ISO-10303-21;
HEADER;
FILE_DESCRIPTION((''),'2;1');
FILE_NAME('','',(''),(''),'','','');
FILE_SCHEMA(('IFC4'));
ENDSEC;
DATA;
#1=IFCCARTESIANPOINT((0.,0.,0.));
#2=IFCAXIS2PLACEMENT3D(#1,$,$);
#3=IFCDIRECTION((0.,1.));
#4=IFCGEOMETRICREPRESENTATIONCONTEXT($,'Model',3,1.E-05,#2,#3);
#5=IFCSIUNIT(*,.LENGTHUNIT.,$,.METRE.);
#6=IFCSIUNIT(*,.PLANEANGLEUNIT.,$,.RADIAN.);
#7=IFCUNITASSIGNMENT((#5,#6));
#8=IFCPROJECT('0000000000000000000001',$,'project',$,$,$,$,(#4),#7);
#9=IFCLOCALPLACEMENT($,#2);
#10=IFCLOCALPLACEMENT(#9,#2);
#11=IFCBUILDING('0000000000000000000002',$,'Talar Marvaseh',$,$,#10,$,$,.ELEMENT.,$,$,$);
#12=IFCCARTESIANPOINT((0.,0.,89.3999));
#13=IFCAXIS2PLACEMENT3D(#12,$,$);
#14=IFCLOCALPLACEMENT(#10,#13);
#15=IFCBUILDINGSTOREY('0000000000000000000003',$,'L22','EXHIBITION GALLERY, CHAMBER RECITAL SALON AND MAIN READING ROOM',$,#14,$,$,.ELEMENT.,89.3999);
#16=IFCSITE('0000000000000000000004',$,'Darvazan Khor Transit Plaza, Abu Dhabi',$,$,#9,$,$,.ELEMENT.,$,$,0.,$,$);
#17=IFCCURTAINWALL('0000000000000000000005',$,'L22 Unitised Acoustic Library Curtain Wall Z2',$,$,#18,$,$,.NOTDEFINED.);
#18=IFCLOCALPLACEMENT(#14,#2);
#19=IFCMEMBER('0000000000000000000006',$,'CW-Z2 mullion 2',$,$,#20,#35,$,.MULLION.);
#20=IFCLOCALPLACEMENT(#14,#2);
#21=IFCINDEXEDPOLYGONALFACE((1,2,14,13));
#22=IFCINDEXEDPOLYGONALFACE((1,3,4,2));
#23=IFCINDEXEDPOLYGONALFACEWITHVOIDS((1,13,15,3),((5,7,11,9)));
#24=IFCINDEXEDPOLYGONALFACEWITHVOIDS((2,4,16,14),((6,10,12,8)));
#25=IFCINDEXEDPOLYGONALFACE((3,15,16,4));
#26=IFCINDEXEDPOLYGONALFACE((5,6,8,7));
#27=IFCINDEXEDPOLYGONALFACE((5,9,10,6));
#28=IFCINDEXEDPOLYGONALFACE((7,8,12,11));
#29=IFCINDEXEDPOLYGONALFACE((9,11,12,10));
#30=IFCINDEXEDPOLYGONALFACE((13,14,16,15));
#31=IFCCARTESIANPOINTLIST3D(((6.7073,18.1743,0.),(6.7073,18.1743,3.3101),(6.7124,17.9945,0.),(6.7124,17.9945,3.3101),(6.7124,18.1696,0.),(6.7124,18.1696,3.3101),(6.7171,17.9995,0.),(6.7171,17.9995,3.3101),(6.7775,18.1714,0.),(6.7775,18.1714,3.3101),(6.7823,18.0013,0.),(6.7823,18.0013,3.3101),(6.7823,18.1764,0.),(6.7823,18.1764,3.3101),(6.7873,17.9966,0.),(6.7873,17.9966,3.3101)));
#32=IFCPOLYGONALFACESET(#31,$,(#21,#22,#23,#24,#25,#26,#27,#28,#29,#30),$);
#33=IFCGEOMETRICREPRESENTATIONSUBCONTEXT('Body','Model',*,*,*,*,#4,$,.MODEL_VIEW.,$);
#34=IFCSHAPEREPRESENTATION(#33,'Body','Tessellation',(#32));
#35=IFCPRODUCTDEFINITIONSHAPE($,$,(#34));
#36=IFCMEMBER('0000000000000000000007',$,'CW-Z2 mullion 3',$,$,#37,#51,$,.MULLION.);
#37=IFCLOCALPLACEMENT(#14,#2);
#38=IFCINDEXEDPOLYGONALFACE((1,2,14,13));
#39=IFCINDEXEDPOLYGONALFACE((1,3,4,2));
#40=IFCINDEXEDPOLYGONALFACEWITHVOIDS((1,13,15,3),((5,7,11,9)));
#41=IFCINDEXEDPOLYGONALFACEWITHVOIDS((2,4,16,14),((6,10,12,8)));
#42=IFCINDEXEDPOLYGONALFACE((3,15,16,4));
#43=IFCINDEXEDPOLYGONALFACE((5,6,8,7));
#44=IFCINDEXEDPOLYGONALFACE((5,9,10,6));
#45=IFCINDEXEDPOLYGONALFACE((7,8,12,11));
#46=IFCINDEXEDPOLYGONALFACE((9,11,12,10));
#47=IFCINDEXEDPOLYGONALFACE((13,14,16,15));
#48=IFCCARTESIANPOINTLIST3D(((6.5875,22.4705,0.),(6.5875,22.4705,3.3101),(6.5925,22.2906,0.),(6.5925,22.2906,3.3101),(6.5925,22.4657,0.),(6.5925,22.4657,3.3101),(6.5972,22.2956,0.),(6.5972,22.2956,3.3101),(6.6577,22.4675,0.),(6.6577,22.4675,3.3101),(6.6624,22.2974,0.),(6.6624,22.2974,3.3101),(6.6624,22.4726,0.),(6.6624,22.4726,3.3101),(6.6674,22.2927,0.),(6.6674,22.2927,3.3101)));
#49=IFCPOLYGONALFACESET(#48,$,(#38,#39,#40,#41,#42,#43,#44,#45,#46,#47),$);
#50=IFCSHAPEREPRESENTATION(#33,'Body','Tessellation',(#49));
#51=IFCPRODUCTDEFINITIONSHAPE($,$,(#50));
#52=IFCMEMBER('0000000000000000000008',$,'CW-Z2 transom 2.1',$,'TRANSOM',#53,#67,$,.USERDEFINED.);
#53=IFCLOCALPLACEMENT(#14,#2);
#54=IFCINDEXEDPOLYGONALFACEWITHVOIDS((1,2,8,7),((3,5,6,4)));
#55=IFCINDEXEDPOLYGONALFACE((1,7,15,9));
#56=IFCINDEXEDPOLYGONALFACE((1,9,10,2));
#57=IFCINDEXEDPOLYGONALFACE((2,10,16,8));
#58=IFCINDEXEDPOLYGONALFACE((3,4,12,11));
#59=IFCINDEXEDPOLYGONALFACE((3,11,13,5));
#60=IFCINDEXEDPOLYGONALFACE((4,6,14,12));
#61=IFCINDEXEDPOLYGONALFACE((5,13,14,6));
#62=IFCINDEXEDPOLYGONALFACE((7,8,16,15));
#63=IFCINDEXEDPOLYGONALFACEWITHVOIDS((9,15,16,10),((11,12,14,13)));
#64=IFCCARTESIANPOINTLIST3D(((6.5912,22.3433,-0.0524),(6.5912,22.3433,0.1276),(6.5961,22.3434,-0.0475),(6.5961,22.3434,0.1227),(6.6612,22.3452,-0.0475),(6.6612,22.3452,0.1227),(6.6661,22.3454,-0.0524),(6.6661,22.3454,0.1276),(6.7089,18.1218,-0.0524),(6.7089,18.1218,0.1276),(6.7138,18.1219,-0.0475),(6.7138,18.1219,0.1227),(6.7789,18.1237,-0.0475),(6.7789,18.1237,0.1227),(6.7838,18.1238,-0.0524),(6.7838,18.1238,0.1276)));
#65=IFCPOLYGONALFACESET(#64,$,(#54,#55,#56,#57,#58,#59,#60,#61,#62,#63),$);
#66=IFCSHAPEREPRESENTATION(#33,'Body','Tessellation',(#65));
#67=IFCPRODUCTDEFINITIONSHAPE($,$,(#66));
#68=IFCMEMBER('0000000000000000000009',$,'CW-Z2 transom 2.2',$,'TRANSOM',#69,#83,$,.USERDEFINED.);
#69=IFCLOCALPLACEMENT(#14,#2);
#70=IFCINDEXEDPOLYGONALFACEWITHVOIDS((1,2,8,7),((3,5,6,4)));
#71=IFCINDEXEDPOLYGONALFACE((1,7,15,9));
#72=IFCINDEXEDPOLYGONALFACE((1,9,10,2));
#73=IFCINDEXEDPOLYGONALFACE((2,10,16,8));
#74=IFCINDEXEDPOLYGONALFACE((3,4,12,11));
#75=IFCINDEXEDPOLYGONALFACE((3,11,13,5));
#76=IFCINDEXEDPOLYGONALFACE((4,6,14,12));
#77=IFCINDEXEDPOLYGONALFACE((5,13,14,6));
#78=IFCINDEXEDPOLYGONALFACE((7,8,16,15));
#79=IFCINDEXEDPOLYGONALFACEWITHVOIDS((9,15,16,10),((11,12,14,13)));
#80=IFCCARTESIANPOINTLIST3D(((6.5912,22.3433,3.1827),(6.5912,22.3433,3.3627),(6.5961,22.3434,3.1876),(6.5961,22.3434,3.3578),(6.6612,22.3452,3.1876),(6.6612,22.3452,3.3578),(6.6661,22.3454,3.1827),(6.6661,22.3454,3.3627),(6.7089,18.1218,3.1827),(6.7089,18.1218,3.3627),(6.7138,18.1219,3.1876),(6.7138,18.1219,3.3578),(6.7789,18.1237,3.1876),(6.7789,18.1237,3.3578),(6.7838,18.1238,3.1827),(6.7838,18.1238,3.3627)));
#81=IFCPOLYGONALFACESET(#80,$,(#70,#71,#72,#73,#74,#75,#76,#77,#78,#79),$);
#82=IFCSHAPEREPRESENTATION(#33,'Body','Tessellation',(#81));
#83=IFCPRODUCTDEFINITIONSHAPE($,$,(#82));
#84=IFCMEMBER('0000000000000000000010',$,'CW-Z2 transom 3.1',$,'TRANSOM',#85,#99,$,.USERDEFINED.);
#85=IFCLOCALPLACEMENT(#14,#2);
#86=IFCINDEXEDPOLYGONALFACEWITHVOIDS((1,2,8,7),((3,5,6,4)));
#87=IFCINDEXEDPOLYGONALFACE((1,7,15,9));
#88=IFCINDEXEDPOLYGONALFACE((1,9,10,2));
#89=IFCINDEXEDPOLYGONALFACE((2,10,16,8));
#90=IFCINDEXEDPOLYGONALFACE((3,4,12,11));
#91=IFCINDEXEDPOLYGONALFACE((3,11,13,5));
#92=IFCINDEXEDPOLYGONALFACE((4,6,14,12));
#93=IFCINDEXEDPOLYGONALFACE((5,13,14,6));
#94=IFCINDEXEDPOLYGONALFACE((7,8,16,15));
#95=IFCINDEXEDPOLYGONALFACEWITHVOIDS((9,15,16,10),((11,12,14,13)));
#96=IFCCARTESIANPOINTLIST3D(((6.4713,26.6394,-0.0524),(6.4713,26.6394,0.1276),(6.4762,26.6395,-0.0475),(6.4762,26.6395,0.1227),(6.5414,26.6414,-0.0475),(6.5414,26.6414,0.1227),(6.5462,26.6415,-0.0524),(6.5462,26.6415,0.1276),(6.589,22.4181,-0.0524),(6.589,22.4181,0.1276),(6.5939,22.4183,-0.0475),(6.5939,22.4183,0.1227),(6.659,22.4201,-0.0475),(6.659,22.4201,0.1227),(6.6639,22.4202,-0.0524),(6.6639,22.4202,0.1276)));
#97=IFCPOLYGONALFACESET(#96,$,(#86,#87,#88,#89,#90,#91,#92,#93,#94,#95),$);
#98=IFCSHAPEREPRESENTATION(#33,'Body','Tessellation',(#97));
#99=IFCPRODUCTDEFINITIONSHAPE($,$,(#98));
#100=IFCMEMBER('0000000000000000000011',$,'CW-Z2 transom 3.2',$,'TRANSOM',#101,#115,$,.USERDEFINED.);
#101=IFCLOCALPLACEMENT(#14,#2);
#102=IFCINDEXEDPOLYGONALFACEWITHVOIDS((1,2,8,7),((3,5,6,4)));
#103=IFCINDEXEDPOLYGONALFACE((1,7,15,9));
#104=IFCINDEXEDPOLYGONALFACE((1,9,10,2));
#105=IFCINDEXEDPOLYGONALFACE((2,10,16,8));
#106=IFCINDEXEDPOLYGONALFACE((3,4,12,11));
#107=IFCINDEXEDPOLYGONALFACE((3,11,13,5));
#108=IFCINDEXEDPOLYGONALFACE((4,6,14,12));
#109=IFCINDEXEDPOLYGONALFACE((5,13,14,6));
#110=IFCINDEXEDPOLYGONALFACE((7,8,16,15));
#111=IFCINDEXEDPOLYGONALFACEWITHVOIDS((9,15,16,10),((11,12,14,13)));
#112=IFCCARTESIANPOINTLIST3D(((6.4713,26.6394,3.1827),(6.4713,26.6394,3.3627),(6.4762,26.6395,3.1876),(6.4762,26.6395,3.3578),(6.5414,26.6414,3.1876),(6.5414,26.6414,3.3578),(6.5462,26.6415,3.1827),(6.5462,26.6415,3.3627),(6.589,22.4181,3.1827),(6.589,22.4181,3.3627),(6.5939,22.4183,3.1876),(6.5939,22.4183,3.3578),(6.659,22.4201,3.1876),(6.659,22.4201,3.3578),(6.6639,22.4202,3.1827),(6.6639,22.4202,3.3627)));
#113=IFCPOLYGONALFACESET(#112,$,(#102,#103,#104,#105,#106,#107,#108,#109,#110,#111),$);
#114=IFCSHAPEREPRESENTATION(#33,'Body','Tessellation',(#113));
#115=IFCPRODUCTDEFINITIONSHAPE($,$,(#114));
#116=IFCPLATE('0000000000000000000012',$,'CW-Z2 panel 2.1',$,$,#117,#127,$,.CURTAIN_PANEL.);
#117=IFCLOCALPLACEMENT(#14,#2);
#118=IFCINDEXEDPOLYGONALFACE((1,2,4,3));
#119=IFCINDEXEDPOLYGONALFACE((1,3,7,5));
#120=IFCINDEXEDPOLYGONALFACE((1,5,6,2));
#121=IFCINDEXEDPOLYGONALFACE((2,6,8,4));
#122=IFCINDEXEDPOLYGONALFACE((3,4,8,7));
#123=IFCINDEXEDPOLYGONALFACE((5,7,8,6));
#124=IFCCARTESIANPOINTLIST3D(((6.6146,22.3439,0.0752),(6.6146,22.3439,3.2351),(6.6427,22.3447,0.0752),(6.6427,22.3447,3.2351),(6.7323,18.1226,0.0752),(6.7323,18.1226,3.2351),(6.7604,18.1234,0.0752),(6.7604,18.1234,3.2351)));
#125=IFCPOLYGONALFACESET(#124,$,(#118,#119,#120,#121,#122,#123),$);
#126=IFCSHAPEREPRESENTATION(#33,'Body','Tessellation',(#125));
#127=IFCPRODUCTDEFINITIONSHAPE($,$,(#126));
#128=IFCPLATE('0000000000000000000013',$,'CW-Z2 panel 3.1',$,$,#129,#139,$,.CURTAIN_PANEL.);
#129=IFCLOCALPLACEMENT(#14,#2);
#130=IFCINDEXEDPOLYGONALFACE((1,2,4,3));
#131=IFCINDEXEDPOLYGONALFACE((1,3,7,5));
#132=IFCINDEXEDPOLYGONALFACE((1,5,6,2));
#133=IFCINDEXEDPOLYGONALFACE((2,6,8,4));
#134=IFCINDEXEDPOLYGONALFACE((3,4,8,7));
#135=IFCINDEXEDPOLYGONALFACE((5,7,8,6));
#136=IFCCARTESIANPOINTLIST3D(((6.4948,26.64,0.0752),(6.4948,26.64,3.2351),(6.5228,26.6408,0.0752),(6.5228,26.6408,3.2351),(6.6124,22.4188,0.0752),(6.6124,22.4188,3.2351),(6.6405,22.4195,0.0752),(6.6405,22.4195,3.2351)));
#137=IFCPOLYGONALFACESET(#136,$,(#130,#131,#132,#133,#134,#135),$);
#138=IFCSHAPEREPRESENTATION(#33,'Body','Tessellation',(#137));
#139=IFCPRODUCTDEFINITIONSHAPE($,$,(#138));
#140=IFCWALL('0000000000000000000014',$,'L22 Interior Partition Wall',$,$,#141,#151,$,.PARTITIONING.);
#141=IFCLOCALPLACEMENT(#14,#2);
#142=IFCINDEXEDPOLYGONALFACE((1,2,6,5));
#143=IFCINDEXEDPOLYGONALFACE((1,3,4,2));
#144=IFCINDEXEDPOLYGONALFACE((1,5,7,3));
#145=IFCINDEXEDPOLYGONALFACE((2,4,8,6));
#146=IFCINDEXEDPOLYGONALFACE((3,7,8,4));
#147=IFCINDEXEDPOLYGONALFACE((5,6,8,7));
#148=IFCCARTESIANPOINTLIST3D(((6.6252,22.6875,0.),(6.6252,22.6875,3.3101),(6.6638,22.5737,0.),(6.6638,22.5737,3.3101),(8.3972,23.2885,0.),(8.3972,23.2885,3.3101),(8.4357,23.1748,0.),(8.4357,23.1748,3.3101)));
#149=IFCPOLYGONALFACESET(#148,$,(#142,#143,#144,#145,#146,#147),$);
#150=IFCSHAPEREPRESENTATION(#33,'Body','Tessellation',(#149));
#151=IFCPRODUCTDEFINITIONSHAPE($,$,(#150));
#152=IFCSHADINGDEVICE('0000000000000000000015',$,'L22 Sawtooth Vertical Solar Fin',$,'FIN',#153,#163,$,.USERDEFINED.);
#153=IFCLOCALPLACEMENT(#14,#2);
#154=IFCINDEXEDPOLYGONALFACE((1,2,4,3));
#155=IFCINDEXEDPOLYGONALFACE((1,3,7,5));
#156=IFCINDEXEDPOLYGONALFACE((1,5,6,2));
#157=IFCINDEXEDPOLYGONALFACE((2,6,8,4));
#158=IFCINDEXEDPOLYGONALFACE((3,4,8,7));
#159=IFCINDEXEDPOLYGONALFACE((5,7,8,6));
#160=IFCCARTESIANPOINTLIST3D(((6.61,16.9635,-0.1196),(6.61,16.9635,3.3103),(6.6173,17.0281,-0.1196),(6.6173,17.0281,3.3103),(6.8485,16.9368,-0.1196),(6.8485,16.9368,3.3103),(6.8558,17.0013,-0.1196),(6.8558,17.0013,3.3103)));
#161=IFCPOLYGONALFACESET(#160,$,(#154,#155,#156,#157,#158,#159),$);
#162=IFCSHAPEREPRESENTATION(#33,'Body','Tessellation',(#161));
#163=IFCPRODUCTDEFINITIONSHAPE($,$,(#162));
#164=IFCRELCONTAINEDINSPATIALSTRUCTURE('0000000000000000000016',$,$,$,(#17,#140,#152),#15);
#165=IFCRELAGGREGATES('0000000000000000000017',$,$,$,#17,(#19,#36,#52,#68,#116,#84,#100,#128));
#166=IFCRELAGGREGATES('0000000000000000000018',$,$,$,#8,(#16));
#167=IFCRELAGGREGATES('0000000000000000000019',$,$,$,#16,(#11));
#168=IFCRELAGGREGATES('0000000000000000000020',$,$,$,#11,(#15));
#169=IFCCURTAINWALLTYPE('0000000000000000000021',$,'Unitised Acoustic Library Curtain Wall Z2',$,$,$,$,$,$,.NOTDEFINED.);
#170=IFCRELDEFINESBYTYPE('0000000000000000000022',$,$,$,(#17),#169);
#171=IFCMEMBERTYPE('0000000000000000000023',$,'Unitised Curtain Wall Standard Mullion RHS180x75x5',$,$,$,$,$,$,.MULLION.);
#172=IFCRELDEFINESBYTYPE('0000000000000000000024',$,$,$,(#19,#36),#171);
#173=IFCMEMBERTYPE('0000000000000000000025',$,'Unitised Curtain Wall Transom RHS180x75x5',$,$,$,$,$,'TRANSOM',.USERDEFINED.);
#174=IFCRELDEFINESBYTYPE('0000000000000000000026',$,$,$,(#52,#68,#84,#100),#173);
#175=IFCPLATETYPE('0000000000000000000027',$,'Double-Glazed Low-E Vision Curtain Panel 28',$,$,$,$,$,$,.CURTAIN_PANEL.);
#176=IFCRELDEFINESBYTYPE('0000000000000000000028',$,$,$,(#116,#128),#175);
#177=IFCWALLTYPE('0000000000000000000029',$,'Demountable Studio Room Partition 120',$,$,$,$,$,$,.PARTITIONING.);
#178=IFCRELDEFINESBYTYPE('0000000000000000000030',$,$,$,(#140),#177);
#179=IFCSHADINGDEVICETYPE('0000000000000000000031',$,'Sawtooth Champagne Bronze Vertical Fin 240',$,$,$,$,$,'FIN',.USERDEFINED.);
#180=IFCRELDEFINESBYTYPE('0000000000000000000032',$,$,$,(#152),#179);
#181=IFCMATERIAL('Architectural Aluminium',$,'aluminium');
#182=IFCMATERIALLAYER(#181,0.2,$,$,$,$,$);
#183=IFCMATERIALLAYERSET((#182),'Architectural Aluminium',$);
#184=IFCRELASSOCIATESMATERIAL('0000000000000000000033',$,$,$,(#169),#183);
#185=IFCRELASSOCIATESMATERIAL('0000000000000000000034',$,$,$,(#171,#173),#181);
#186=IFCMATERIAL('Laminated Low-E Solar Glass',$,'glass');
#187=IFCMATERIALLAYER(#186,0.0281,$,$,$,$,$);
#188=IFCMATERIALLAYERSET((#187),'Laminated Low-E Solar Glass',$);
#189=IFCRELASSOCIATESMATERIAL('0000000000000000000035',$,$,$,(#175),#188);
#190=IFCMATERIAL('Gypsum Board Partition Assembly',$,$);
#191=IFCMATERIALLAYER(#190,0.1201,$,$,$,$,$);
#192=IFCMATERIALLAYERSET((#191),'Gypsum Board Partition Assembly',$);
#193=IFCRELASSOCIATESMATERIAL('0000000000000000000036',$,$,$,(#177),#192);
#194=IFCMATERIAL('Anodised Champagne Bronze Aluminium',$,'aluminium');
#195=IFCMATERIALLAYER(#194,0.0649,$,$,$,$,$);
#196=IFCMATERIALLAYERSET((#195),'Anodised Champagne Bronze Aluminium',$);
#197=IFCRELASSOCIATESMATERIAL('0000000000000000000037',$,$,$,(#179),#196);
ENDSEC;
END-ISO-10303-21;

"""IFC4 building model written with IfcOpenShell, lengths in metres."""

from ifc_helpers import new_model, si_unit, direction, frame, frame_2d, origin, origin_2d, place, context, subcontext, project, spatial, rectangle, hollow_rectangle, extrude, source, transform, mapped, material, layer, layer_set, material_profile, profile_set, type_object, type_shapes, element, aggregate, save


model = new_model("IFC4")

# Units and contexts
model_context = context("Model", 3, precision=1e-05, world=origin(), true_north=direction((0.0, 1.0)))
body_context = subcontext(model_context, "Body", "Model", "MODEL_VIEW")
ifc_project = project(units=[si_unit("LENGTHUNIT", "METRE"), si_unit("PLANEANGLEUNIT", "RADIAN")], contexts=[model_context])

# Site, building, storey
site_placement = place(None, origin())
site = spatial("IfcSite", under=ifc_project, at=site_placement, Name="Darvazan Khor Transit Plaza, Abu Dhabi", CompositionType="ELEMENT", RefElevation=0.0)
building_placement = place(site_placement, origin())
building = spatial("IfcBuilding", under=site, at=building_placement, Name="Talar Marvaseh", CompositionType="ELEMENT")
storey_placement = place(building_placement, frame((0.0, 0.0, 89.3999)))
storey = spatial("IfcBuildingStorey", under=building, at=storey_placement, Name="L22", Description="EXHIBITION GALLERY, CHAMBER RECITAL SALON AND MAIN READING ROOM", CompositionType="ELEMENT", Elevation=89.3999)

# Curtain wall, members, plates
ifc_material_1 = material(Name="Architectural Aluminium", Category="aluminium")
ifc_layer_1 = layer(ifc_material_1, 0.2)
ifc_layer_set_1 = layer_set([ifc_layer_1], Name="Architectural Aluminium")
curtain_wall_type = type_object("IfcCurtainWallType", Name="Unitised Acoustic Library Curtain Wall Z2", PredefinedType="NOTDEFINED", material=ifc_layer_set_1)
curtain_wall_placement = place(storey_placement, origin())
curtain_wall = element("IfcCurtainWall", 1, at=curtain_wall_placement, inside=storey, type_object=curtain_wall_type, Name="L22 Unitised Acoustic Library Curtain Wall Z2", PredefinedType="NOTDEFINED")
ifc_material_profile_1 = material_profile(ifc_material_1, hollow_rectangle(XDim=0.075, YDim=0.1799, WallThickness=0.0049, at=origin_2d()), Name="RHS180x75x5")
ifc_profile_set_1 = profile_set([ifc_material_profile_1], Name="Architectural Aluminium")
member_type_1 = type_object("IfcMemberType", Name="Unitised Curtain Wall Standard Mullion RHS180x75x5", PredefinedType="MULLION", material=ifc_profile_set_1)
shared_shape_1 = source(origin(), body_context, "Body", "SweptSolid", [
    extrude(hollow_rectangle(XDim=0.075, YDim=0.1799, WallThickness=0.0049, at=origin_2d()), origin(), (0.0, 0.0, 1.0), 3.3101),
])
type_shapes(member_type_1, [shared_shape_1])
member_1_placement = place(storey_placement, frame((6.7473, 18.0854, 0.0), z_axis=(0.0, 0.0, 1.0), x_axis=(-0.999612, -0.027857, 0.0)))
member_1 = element("IfcMember", 2, at=member_1_placement, type_object=member_type_1, Name="CW-Z2 mullion 2", PredefinedType="MULLION", context=body_context, shape_type="MappedRepresentation", body=[
    mapped(shared_shape_1, transform((0.0, 0.0, 0.0), x_axis=(1.0, 0.0, 0.0), y_axis=(0.0, 1.0, 0.0), z_axis=(0.0, 0.0, 1.0), scale=1.0)),
])
member_2_placement = place(storey_placement, frame((6.6274, 22.3816, 0.0), z_axis=(0.0, 0.0, 1.0), x_axis=(-0.999612, -0.027857, 0.0)))
member_2 = element("IfcMember", 3, at=member_2_placement, type_object=member_type_1, Name="CW-Z2 mullion 3", PredefinedType="MULLION", context=body_context, shape_type="MappedRepresentation", body=[
    mapped(shared_shape_1, transform((0.0, 0.0, 0.0), x_axis=(1.0, 0.0, 0.0), y_axis=(0.0, 1.0, 0.0), z_axis=(0.0, 0.0, 1.0), scale=1.0)),
])
ifc_material_profile_2 = material_profile(ifc_material_1, hollow_rectangle(XDim=0.075, YDim=0.1799, WallThickness=0.0049, at=origin_2d()), Name="RHS180x75x5")
ifc_profile_set_2 = profile_set([ifc_material_profile_2], Name="Architectural Aluminium")
member_type_2 = type_object("IfcMemberType", Name="Unitised Curtain Wall Transom RHS180x75x5", ElementType="TRANSOM", PredefinedType="USERDEFINED", material=ifc_profile_set_2)
shared_shape_2 = source(origin(), body_context, "Body", "SweptSolid", [
    extrude(hollow_rectangle(XDim=0.075, YDim=0.1799, WallThickness=0.0049, at=origin_2d()), origin(), (0.0, 0.0, 1.0), 4.2231),
])
member_3_placement = place(storey_placement, frame((6.7463, 18.1228, 0.0376), z_axis=(-0.027865, 0.999612, 0.0), x_axis=(-0.999612, -0.027865, 0.0)))
member_3 = element("IfcMember", 4, at=member_3_placement, type_object=member_type_2, Name="CW-Z2 transom 2.1", ObjectType="TRANSOM", PredefinedType="USERDEFINED", context=body_context, shape_type="MappedRepresentation", body=[
    mapped(shared_shape_2, transform((0.0, 0.0, 0.0), x_axis=(1.0, 0.0, 0.0), y_axis=(0.0, 1.0, 0.0), z_axis=(0.0, 0.0, 1.0), scale=1.0)),
])
member_4_placement = place(storey_placement, frame((6.7463, 18.1228, 3.2727), z_axis=(-0.027865, 0.999612, 0.0), x_axis=(-0.999612, -0.027865, 0.0)))
member_4 = element("IfcMember", 5, at=member_4_placement, type_object=member_type_2, Name="CW-Z2 transom 2.2", ObjectType="TRANSOM", PredefinedType="USERDEFINED", context=body_context, shape_type="MappedRepresentation", body=[
    mapped(shared_shape_2, transform((0.0, 0.0, 0.0), x_axis=(1.0, 0.0, 0.0), y_axis=(0.0, 1.0, 0.0), z_axis=(0.0, 0.0, 1.0), scale=1.0)),
])
shared_shape_3 = source(origin(), body_context, "Body", "SweptSolid", [
    extrude(hollow_rectangle(XDim=0.075, YDim=0.1799, WallThickness=0.0049, at=origin_2d()), origin(), (0.0, 0.0, 1.0), 4.2229),
])
type_shapes(member_type_2, [shared_shape_2, shared_shape_3])
member_5_placement = place(storey_placement, frame((6.6265, 22.4192, 0.0376), z_axis=(-0.027867, 0.999612, 0.0), x_axis=(-0.999612, -0.027867, 0.0)))
member_5 = element("IfcMember", 6, at=member_5_placement, type_object=member_type_2, Name="CW-Z2 transom 3.1", ObjectType="TRANSOM", PredefinedType="USERDEFINED", context=body_context, shape_type="MappedRepresentation", body=[
    mapped(shared_shape_3, transform((0.0, 0.0, 0.0), x_axis=(1.0, 0.0, 0.0), y_axis=(0.0, 1.0, 0.0), z_axis=(0.0, 0.0, 1.0), scale=1.0)),
])
member_6_placement = place(storey_placement, frame((6.6265, 22.4192, 3.2727), z_axis=(-0.027867, 0.999612, 0.0), x_axis=(-0.999612, -0.027867, 0.0)))
member_6 = element("IfcMember", 7, at=member_6_placement, type_object=member_type_2, Name="CW-Z2 transom 3.2", ObjectType="TRANSOM", PredefinedType="USERDEFINED", context=body_context, shape_type="MappedRepresentation", body=[
    mapped(shared_shape_3, transform((0.0, 0.0, 0.0), x_axis=(1.0, 0.0, 0.0), y_axis=(0.0, 1.0, 0.0), z_axis=(0.0, 0.0, 1.0), scale=1.0)),
])
ifc_material_2 = material(Name="Laminated Low-E Solar Glass", Category="glass")
ifc_layer_2 = layer(ifc_material_2, 0.0281)
ifc_layer_set_2 = layer_set([ifc_layer_2], Name="Laminated Low-E Solar Glass")
plate_type = type_object("IfcPlateType", Name="Double-Glazed Low-E Vision Curtain Panel 28", PredefinedType="CURTAIN_PANEL", material=ifc_layer_set_2)
shared_shape_4 = source(origin(), body_context, "Body", "SweptSolid", [
    extrude(rectangle(XDim=4.2229, YDim=0.0281, at=origin_2d()), origin(), (0.0, 0.0, 1.0), 3.1599),
])
type_shapes(plate_type, [shared_shape_4])
plate_1_placement = place(storey_placement, frame((6.6875, 20.2336, 0.0752), z_axis=(0.0, 0.0, 1.0), x_axis=(-0.027857, 0.999612, 0.0)))
plate_1 = element("IfcPlate", 8, at=plate_1_placement, type_object=plate_type, Name="CW-Z2 panel 2.1", PredefinedType="CURTAIN_PANEL", context=body_context, shape_type="MappedRepresentation", body=[
    mapped(shared_shape_4, transform((0.0, 0.0, 0.0), x_axis=(1.0, 0.0, 0.0), y_axis=(0.0, 1.0, 0.0), z_axis=(0.0, 0.0, 1.0), scale=1.0)),
])
plate_2_placement = place(storey_placement, frame((6.5676, 24.5298, 0.0752), z_axis=(0.0, 0.0, 1.0), x_axis=(-0.027857, 0.999612, 0.0)))
plate_2 = element("IfcPlate", 9, at=plate_2_placement, type_object=plate_type, Name="CW-Z2 panel 3.1", PredefinedType="CURTAIN_PANEL", context=body_context, shape_type="MappedRepresentation", body=[
    mapped(shared_shape_4, transform((0.0, 0.0, 0.0), x_axis=(1.0, 0.0, 0.0), y_axis=(0.0, 1.0, 0.0), z_axis=(0.0, 0.0, 1.0), scale=1.0)),
])
aggregate(curtain_wall, [member_1, member_2, member_3, member_4, plate_1, member_5, member_6, plate_2])

# Wall
ifc_material_3 = material(Name="Gypsum Board Partition Assembly")
ifc_layer_3 = layer(ifc_material_3, 0.1201)
ifc_layer_set_3 = layer_set([ifc_layer_3], Name="Gypsum Board Partition Assembly")
wall_type = type_object("IfcWallType", Name="Demountable Studio Room Partition 120", PredefinedType="PARTITIONING", material=ifc_layer_set_3)
wall_placement = place(storey_placement, frame((6.6445, 22.6306, 0.0), z_axis=(0.0, 0.0, 1.0), x_axis=(0.947, 0.321234, 0.0)))
element("IfcWall", 10, at=wall_placement, inside=storey, type_object=wall_type, Name="L22 Interior Partition Wall", PredefinedType="PARTITIONING", context=body_context, shape_type="SweptSolid", body=[
    extrude(rectangle(XDim=1.8711, YDim=0.1201, at=frame_2d((0.9355, 0.0))), origin(), (0.0, 0.0, 1.0), 3.3101),
])

# Shading device
ifc_material_4 = material(Name="Anodised Champagne Bronze Aluminium", Category="aluminium")
ifc_layer_4 = layer(ifc_material_4, 0.0649)
ifc_layer_set_4 = layer_set([ifc_layer_4], Name="Anodised Champagne Bronze Aluminium")
shading_device_type_1 = type_object("IfcShadingDeviceType", Name="Sawtooth Champagne Bronze Vertical Fin 240", ElementType="FIN", PredefinedType="USERDEFINED", material=ifc_layer_set_4)
shared_shape_5 = source(origin(), body_context, "Body", "SweptSolid", [
    extrude(rectangle(XDim=0.24, YDim=0.0649, at=origin_2d()), origin(), (0.0, 0.0, 1.0), 3.4299),
])
type_shapes(shading_device_type_1, [shared_shape_5])
shading_device_placement = place(storey_placement, frame((6.7329, 16.9824, -0.1196), z_axis=(0.0, 0.0, 1.0), x_axis=(-0.993768, 0.111469, 0.0)))
element("IfcShadingDevice", 11, at=shading_device_placement, inside=storey, type_object=shading_device_type_1, Name="L22 Sawtooth Vertical Solar Fin", ObjectType="FIN", PredefinedType="USERDEFINED", context=body_context, shape_type="MappedRepresentation", body=[
    mapped(shared_shape_5, transform((0.0, 0.0, 0.0), x_axis=(1.0, 0.0, 0.0), y_axis=(0.0, 1.0, 0.0), z_axis=(0.0, 0.0, 1.0), scale=1.0)),
])

save(model, "model.ifc")
